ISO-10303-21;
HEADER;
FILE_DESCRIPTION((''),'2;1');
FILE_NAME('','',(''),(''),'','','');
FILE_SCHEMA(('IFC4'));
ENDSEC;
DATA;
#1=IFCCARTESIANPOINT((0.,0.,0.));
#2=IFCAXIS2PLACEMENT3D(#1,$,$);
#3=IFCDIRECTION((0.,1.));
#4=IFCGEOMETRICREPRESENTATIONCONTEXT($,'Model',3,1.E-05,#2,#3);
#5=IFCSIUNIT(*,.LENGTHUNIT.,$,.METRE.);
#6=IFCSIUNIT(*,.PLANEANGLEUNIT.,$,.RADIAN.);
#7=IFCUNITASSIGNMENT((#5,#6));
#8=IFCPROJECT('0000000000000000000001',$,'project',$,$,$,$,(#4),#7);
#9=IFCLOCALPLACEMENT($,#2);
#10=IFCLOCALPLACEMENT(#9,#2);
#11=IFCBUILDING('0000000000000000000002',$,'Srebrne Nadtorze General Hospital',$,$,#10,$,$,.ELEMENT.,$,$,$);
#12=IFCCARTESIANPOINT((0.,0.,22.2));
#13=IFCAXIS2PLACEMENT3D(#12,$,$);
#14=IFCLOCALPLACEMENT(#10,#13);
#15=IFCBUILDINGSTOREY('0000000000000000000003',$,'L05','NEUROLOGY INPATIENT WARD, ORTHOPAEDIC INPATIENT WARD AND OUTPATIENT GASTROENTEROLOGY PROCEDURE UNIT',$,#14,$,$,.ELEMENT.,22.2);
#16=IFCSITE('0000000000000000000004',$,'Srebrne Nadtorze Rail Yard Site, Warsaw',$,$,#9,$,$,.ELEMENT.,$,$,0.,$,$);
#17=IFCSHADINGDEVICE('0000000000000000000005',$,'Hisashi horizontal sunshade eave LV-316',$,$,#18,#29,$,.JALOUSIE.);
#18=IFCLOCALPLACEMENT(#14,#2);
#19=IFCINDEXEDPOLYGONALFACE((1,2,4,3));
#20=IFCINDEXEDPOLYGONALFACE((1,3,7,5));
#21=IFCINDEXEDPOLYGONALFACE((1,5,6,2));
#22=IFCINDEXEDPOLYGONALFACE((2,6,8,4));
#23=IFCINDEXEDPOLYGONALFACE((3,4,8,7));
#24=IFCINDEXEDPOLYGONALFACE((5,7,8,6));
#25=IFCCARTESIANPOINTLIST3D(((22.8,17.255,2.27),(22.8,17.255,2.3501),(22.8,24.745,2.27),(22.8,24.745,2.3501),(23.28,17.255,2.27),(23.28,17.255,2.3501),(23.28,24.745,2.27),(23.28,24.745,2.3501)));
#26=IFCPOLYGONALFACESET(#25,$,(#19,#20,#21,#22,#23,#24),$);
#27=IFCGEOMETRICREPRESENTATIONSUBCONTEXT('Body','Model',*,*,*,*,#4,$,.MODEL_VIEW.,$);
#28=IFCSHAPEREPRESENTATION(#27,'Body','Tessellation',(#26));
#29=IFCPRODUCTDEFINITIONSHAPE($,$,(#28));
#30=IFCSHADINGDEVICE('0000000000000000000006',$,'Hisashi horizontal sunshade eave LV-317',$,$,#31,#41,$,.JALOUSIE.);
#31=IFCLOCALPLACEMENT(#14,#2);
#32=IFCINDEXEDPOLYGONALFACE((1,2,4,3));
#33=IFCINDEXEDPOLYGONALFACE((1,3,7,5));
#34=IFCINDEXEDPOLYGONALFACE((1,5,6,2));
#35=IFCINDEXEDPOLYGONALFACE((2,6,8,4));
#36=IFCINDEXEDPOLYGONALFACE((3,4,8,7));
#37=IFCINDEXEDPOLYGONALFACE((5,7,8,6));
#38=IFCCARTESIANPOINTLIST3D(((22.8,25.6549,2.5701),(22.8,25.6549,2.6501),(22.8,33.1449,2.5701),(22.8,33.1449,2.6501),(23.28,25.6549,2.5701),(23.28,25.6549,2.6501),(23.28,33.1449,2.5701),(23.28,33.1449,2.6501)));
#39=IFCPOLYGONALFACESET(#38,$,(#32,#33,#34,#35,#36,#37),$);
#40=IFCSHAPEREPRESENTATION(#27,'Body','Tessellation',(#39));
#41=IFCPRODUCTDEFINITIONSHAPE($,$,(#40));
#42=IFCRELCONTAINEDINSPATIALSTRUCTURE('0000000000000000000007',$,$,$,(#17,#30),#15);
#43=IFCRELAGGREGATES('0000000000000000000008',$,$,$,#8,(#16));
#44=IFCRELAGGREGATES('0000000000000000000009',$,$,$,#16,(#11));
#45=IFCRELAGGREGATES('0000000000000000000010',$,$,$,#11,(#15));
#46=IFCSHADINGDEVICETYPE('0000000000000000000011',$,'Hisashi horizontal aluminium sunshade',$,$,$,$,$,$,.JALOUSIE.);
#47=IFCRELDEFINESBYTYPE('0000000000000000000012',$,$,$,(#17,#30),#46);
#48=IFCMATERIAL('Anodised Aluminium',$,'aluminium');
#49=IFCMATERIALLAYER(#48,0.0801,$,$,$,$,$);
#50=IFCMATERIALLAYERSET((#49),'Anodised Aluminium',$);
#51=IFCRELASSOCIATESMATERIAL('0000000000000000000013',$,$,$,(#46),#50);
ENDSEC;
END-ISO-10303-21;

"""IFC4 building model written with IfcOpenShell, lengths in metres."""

from ifc_helpers import new_model, si_unit, direction, frame, origin, origin_2d, place, context, subcontext, project, spatial, rectangle, extrude, material, layer, layer_set, type_object, element, save


model = new_model("IFC4")

# Units and contexts
model_context = context("Model", 3, precision=1e-05, world=origin(), true_north=direction((0.0, 1.0)))
body_context = subcontext(model_context, "Body", "Model", "MODEL_VIEW")
ifc_project = project(units=[si_unit("LENGTHUNIT", "METRE"), si_unit("PLANEANGLEUNIT", "RADIAN")], contexts=[model_context])

# Site, building, storey
site_placement = place(None, origin())
site = spatial("IfcSite", under=ifc_project, at=site_placement, Name="Srebrne Nadtorze Rail Yard Site, Warsaw", CompositionType="ELEMENT", RefElevation=0.0)
building_placement = place(site_placement, origin())
building = spatial("IfcBuilding", under=site, at=building_placement, Name="Srebrne Nadtorze General Hospital", CompositionType="ELEMENT")
storey_placement = place(building_placement, frame((0.0, 0.0, 22.2)))
storey = spatial("IfcBuildingStorey", under=building, at=storey_placement, Name="L05", Description="NEUROLOGY INPATIENT WARD, ORTHOPAEDIC INPATIENT WARD AND OUTPATIENT GASTROENTEROLOGY PROCEDURE UNIT", CompositionType="ELEMENT", Elevation=22.2)

# Shading devices
ifc_material_1 = material(Name="Anodised Aluminium", Category="aluminium")
ifc_layer_1 = layer(ifc_material_1, 0.0801)
ifc_layer_set_1 = layer_set([ifc_layer_1], Name="Anodised Aluminium")
shading_device_type = type_object("IfcShadingDeviceType", Name="Hisashi horizontal aluminium sunshade", PredefinedType="JALOUSIE", material=ifc_layer_set_1)
for number, where, z_axis, x_axis, name in (
    (1, (23.04, 21.0, 2.27), (0.0, 0.0, 1.0), (1.0, 0.0, 0.0), "Hisashi horizontal sunshade eave LV-316"),
    (2, (23.04, 29.3999, 2.5701), (0.0, 0.0, 1.0), (1.0, 0.0, 0.0), "Hisashi horizontal sunshade eave LV-317"),
):
    element("IfcShadingDevice", number, at=place(storey_placement, frame(where, z_axis=z_axis, x_axis=x_axis)), inside=storey, type_object=shading_device_type, Name=name, PredefinedType="JALOUSIE", context=body_context, shape_type="SweptSolid", body=[
        extrude(rectangle(XDim=0.48, YDim=7.49, at=origin_2d()), origin(), (0.0, 0.0, 1.0), 0.0801),
    ])

save(model, "model.ifc")
